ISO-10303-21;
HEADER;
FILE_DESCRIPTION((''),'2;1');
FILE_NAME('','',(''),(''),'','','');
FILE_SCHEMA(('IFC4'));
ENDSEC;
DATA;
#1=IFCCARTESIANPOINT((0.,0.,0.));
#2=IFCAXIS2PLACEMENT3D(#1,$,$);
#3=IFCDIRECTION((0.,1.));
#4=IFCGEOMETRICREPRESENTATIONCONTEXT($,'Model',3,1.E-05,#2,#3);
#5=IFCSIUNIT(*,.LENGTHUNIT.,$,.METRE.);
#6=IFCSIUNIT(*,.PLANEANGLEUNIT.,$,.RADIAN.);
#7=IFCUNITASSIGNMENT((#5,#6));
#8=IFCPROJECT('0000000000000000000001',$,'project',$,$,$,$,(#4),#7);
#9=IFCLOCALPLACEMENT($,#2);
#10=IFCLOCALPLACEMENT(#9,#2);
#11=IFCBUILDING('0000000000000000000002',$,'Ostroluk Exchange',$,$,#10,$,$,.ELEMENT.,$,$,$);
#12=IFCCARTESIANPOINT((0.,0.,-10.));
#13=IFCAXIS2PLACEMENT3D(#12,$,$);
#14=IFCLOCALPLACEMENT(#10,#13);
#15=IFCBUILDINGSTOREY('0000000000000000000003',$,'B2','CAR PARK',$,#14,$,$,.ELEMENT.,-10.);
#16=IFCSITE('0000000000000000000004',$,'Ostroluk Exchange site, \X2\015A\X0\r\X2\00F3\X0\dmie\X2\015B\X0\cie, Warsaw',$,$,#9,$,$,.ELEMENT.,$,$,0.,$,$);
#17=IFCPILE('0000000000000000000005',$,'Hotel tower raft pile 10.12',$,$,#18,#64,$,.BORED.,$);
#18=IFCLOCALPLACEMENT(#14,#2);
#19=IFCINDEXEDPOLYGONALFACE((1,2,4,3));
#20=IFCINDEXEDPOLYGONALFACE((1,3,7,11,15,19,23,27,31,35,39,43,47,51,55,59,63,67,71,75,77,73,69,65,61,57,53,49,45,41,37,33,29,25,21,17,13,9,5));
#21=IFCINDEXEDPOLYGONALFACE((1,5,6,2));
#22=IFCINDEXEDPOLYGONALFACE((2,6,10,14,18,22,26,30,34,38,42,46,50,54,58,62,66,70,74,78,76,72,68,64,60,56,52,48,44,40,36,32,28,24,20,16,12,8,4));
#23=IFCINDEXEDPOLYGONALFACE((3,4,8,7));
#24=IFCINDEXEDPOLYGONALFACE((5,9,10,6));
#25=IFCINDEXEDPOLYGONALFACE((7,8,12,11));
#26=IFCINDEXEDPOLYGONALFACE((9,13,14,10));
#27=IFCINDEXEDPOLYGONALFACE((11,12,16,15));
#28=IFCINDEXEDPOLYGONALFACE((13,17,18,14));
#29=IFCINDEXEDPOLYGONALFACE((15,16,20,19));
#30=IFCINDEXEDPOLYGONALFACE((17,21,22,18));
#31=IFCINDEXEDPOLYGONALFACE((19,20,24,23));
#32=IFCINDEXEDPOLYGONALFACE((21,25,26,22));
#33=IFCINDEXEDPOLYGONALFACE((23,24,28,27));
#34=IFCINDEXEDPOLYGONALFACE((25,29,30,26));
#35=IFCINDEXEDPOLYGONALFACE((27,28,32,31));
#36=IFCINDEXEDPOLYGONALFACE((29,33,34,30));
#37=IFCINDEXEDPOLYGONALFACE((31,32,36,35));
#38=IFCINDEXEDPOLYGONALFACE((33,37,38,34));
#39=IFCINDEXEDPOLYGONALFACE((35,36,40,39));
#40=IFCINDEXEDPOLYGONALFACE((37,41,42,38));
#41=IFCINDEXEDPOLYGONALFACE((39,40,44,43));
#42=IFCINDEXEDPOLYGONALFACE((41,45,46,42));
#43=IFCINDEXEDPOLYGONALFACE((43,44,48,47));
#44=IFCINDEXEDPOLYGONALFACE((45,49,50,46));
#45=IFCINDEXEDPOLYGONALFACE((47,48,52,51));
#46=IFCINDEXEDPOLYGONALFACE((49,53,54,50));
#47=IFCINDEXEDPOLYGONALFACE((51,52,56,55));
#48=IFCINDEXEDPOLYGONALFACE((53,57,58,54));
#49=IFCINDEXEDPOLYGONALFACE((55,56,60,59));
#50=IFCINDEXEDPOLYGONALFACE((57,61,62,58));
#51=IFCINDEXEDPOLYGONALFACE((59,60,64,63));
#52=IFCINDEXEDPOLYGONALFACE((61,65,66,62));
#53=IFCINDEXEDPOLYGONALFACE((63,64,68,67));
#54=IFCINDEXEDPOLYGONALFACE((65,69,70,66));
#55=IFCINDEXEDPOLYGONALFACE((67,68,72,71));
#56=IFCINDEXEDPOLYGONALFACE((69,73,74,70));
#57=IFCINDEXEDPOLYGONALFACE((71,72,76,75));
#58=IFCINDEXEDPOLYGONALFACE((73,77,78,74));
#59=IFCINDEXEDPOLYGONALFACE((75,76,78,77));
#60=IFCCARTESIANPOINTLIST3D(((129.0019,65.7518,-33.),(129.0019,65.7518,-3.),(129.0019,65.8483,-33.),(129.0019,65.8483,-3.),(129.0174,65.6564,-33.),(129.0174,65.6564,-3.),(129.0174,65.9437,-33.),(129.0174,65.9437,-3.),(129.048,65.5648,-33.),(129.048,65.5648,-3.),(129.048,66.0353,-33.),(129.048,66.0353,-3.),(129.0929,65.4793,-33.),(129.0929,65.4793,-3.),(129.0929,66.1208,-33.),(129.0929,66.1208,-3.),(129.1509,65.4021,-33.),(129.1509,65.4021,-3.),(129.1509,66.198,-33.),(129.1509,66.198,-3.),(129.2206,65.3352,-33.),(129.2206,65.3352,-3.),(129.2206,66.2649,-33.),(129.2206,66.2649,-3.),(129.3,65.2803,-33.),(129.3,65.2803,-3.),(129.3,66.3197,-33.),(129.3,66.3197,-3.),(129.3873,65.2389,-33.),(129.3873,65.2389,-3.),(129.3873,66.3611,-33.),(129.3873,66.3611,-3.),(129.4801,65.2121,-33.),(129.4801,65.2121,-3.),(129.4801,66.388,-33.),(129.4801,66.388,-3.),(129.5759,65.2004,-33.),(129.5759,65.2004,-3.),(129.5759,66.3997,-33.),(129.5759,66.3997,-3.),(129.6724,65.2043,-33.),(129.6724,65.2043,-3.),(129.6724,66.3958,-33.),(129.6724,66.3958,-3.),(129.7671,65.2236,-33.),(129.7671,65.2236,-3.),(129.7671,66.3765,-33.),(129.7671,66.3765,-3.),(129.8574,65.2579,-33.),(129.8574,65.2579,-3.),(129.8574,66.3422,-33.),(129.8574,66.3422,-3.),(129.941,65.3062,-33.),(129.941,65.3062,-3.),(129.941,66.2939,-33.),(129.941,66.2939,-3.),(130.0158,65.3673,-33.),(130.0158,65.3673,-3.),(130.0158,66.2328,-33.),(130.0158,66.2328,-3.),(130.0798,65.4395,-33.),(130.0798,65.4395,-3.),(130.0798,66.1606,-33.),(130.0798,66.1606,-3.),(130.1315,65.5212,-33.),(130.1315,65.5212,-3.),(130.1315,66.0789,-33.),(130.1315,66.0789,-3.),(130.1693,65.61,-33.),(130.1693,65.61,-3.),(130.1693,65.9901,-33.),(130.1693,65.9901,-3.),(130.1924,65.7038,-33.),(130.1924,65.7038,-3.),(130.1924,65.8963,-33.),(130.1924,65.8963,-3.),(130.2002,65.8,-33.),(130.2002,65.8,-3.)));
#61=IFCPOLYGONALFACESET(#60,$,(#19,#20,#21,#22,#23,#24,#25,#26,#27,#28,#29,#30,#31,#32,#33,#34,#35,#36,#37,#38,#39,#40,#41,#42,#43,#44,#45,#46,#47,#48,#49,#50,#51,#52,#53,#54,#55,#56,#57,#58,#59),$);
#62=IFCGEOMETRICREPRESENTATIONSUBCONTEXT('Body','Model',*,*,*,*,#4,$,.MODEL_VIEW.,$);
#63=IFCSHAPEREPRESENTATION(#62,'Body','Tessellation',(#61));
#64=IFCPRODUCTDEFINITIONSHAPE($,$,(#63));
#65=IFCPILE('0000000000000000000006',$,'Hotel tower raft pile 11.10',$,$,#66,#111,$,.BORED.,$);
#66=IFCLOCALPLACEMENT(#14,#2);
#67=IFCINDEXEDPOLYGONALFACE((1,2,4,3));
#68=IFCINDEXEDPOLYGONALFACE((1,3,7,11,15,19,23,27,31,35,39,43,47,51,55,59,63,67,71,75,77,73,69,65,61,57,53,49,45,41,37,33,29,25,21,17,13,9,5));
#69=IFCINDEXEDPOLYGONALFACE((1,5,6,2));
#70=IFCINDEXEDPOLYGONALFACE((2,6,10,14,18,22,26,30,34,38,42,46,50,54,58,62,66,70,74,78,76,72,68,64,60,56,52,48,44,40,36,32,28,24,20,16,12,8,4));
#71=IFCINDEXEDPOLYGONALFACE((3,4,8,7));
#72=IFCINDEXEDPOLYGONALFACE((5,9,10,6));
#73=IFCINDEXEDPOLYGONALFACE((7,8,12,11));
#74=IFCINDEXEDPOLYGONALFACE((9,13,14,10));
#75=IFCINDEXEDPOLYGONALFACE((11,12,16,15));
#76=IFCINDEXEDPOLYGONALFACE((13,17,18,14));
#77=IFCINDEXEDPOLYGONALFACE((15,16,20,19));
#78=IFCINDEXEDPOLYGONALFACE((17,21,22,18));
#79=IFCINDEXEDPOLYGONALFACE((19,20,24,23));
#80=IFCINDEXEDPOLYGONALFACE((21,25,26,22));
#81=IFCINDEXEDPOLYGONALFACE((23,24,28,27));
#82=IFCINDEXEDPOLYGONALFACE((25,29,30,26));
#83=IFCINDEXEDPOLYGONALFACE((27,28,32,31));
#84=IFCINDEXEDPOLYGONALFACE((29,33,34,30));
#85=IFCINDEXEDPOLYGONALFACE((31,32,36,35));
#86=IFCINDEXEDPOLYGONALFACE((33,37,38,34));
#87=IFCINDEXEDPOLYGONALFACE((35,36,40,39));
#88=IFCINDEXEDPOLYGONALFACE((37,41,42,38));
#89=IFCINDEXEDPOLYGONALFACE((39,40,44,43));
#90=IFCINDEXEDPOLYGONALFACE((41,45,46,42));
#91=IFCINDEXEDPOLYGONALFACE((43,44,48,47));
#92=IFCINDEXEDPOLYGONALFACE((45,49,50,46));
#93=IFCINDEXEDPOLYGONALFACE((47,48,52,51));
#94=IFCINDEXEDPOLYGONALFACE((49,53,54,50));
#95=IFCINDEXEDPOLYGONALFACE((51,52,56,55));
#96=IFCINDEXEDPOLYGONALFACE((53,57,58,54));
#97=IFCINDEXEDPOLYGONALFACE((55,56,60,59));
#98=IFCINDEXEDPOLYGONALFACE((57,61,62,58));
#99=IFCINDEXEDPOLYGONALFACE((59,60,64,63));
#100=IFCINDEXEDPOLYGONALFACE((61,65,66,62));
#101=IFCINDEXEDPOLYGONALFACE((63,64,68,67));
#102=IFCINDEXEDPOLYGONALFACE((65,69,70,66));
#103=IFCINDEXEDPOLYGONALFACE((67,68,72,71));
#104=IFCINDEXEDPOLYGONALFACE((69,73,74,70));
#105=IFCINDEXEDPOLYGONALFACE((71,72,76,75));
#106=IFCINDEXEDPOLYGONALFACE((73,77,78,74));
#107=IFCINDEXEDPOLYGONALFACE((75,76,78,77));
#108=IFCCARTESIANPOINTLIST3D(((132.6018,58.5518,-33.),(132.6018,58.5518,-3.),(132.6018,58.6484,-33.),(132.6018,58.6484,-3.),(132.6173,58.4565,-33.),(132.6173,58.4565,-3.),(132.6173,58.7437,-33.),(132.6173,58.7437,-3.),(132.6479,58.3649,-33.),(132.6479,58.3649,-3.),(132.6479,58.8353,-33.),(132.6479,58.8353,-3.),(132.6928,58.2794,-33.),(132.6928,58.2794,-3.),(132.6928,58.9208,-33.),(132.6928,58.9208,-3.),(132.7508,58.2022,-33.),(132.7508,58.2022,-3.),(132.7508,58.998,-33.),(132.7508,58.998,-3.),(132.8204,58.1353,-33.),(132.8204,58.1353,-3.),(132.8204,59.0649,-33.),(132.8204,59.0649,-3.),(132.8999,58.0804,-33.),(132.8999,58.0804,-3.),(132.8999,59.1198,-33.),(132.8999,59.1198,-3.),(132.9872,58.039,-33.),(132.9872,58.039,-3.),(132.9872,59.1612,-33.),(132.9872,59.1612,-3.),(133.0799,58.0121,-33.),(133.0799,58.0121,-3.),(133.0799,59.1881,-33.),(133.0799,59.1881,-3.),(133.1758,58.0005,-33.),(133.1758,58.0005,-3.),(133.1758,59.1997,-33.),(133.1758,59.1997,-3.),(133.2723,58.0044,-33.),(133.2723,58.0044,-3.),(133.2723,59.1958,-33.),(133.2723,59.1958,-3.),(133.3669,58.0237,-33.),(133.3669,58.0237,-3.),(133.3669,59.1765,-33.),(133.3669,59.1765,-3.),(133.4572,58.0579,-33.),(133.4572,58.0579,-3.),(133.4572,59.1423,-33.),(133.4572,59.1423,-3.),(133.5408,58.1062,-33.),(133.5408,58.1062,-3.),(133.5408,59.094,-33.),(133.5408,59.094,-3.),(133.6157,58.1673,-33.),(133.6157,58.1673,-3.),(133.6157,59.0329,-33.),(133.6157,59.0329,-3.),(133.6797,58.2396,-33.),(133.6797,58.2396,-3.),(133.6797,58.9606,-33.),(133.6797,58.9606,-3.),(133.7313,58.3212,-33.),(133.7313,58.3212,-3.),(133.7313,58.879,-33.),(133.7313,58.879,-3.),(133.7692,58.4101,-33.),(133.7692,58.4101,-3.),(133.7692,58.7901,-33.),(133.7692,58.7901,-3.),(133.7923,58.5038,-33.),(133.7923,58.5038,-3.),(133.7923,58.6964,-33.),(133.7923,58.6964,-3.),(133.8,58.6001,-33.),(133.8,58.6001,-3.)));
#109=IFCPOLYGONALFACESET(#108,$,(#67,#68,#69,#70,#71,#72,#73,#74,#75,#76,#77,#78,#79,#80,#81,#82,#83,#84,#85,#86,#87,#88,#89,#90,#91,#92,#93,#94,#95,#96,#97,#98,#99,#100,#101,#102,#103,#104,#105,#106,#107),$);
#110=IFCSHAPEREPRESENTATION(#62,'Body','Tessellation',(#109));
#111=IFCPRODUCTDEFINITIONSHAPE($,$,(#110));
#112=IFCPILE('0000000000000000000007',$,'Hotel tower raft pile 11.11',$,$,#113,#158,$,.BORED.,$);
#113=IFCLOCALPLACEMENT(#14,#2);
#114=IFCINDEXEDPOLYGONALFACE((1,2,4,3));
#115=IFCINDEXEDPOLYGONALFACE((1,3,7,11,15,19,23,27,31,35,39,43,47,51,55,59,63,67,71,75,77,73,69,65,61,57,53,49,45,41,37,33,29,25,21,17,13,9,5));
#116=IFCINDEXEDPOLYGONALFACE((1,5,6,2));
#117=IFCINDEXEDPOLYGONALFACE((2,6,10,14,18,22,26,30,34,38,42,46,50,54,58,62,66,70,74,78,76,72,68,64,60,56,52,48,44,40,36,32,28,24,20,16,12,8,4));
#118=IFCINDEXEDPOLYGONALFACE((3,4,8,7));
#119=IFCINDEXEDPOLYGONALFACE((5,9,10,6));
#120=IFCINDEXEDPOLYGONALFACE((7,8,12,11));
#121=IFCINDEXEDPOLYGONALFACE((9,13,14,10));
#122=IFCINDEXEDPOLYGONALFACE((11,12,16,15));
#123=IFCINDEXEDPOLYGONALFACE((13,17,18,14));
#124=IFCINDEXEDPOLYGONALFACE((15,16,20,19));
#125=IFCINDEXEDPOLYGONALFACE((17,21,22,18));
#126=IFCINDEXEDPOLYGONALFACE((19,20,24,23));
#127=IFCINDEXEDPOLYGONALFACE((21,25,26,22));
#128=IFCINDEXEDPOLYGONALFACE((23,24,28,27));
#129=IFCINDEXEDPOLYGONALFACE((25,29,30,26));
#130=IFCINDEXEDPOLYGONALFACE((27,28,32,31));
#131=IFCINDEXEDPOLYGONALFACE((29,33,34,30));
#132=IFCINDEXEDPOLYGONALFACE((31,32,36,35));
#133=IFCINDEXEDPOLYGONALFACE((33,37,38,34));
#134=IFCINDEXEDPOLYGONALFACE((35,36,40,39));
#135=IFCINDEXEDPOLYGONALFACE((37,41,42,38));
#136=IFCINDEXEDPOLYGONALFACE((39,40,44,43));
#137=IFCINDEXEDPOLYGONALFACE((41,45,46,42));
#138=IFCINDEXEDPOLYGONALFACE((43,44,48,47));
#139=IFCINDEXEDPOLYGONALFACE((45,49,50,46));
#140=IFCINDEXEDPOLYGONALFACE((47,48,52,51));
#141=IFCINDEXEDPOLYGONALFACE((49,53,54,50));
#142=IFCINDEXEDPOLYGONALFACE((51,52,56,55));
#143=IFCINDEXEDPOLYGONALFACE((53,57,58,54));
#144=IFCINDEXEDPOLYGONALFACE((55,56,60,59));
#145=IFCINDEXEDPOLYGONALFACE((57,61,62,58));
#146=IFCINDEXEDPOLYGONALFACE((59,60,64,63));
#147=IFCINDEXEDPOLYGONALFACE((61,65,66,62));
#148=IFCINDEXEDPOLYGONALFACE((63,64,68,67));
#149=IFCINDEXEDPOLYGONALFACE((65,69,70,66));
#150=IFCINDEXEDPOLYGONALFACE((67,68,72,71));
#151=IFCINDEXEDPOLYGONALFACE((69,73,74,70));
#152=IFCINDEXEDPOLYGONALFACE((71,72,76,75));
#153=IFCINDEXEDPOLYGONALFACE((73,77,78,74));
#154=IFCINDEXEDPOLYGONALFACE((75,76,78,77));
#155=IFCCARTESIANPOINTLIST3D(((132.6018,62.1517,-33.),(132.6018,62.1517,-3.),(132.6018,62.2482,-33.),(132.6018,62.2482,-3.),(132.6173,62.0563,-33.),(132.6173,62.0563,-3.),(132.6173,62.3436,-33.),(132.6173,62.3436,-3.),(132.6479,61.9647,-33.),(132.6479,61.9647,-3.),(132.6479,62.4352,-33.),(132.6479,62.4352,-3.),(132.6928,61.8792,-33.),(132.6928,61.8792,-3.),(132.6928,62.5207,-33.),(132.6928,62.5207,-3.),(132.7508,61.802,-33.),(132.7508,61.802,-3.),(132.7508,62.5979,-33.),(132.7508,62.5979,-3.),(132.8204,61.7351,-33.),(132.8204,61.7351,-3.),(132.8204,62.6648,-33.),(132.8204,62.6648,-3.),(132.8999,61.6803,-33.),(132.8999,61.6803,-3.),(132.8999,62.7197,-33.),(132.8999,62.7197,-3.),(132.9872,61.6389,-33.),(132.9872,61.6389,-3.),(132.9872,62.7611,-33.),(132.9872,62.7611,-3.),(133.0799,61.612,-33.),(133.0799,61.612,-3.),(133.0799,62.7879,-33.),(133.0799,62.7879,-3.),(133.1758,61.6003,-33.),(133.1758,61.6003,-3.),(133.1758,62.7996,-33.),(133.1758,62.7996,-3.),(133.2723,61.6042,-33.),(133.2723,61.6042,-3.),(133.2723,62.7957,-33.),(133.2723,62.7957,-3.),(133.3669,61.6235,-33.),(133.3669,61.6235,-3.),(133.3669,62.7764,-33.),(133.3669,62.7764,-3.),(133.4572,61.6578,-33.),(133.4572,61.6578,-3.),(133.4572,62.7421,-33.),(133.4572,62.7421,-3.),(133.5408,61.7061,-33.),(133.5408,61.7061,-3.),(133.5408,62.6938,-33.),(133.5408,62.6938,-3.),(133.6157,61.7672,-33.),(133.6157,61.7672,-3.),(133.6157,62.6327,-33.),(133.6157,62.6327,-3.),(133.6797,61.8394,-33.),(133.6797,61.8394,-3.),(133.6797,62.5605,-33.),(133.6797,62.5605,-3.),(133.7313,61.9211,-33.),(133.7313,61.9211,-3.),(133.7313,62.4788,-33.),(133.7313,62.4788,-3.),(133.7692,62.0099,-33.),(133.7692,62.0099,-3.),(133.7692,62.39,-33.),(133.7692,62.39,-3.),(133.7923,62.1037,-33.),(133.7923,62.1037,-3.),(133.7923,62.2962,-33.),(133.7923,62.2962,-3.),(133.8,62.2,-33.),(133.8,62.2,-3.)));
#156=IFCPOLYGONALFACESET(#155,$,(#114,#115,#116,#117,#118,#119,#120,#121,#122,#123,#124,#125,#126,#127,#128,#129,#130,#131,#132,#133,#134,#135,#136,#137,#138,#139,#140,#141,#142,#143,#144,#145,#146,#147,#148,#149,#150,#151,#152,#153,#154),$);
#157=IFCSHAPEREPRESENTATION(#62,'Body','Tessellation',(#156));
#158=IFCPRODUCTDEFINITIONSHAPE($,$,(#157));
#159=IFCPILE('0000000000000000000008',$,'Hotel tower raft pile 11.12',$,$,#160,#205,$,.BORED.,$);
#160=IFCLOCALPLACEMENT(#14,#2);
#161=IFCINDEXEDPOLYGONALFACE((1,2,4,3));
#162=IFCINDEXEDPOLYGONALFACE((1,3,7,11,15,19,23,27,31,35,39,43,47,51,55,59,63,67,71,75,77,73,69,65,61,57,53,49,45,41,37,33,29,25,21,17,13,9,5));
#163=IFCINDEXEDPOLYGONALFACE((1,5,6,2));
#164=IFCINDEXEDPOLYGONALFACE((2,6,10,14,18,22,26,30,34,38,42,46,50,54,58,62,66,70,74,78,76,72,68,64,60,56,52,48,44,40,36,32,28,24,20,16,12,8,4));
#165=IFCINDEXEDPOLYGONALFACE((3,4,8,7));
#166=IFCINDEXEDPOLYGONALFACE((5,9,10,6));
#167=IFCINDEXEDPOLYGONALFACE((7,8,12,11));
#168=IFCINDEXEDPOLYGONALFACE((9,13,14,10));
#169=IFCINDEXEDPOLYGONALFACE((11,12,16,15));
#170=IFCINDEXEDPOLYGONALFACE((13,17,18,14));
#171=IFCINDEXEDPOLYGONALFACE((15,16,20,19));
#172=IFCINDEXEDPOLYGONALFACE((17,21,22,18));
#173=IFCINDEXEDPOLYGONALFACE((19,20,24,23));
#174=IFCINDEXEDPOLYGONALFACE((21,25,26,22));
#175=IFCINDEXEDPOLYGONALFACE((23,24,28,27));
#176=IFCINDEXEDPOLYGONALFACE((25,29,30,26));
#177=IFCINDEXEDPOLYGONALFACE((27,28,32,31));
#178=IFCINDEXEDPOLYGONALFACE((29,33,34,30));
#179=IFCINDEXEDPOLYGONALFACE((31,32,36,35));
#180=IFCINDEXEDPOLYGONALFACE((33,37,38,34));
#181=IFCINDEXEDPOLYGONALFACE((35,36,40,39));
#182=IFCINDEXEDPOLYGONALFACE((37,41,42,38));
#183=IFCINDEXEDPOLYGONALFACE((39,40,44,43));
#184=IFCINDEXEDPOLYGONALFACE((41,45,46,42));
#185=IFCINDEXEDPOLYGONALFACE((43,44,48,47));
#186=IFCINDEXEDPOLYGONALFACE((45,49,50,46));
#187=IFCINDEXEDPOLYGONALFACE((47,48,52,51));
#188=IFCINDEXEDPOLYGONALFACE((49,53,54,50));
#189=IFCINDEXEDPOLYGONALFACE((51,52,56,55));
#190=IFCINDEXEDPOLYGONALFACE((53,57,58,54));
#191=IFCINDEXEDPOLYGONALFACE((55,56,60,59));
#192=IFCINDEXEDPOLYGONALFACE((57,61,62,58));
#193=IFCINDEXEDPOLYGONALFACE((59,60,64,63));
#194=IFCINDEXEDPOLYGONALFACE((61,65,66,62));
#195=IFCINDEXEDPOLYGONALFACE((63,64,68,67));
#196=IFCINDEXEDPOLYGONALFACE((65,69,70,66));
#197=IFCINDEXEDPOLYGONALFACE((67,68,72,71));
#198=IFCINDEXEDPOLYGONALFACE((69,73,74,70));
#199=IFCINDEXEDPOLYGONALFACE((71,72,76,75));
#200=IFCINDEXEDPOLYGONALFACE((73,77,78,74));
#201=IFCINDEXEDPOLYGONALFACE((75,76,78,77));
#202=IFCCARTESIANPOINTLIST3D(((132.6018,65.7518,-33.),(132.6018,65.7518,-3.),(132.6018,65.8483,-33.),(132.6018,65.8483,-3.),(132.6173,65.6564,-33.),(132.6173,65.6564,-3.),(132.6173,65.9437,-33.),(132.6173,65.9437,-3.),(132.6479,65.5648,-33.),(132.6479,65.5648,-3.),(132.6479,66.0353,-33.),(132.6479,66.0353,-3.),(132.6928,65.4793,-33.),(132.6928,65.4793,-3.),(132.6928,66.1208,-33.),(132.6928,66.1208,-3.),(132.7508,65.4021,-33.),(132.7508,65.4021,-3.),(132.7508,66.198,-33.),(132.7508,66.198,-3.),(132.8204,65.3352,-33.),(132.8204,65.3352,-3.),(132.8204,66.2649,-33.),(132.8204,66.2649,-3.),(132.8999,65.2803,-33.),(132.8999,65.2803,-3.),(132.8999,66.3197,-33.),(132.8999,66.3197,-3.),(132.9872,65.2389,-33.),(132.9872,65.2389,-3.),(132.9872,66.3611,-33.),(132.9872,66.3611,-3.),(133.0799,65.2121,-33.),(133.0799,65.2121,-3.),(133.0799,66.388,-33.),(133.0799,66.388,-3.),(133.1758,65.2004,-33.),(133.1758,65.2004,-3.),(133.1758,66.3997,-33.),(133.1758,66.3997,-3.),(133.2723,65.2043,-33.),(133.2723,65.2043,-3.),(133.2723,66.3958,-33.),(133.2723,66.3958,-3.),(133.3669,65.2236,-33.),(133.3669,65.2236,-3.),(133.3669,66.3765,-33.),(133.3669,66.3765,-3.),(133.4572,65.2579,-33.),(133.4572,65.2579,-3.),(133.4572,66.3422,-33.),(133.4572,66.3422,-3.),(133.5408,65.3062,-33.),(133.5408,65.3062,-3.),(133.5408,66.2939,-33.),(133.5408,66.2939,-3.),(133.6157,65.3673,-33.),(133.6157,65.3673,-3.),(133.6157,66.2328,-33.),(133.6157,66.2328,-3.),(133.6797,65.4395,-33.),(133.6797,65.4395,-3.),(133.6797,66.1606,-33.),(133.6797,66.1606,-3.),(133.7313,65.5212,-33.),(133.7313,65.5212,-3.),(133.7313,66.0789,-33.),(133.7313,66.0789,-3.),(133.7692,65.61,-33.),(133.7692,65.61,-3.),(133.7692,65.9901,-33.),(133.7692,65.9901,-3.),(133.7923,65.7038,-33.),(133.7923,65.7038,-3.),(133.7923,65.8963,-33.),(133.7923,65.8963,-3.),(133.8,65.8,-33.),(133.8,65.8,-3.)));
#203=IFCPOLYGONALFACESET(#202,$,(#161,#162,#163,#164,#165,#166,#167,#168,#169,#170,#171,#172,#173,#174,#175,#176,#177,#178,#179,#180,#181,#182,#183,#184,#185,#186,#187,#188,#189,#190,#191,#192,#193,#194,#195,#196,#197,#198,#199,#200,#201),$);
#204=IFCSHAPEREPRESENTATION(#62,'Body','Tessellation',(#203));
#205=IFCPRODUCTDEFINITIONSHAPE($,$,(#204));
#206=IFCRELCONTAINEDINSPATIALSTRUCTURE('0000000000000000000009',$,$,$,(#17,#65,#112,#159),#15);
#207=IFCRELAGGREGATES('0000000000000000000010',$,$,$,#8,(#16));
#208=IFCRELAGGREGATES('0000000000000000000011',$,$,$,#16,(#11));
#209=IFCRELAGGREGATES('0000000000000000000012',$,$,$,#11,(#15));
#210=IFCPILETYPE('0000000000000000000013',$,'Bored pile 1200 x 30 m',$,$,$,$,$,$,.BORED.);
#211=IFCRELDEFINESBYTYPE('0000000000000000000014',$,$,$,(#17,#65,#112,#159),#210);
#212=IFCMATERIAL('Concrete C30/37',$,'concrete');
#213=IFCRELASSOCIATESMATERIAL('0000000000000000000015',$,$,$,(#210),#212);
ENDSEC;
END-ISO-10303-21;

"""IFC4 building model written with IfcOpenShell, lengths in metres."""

from ifc_helpers import new_model, si_unit, direction, frame, origin, origin_2d, place, context, subcontext, project, spatial, circle, extrude, material, type_object, element, save


model = new_model("IFC4")

# Units and contexts
model_context = context("Model", 3, precision=1e-05, world=origin(), true_north=direction((0.0, 1.0)))
body_context = subcontext(model_context, "Body", "Model", "MODEL_VIEW")
ifc_project = project(units=[si_unit("LENGTHUNIT", "METRE"), si_unit("PLANEANGLEUNIT", "RADIAN")], contexts=[model_context])

# Site, building, storey
site_placement = place(None, origin())
site = spatial("IfcSite", under=ifc_project, at=site_placement, Name="Ostroluk Exchange site, Śródmieście, Warsaw", CompositionType="ELEMENT", RefElevation=0.0)
building_placement = place(site_placement, origin())
building = spatial("IfcBuilding", under=site, at=building_placement, Name="Ostroluk Exchange", CompositionType="ELEMENT")
storey_placement = place(building_placement, frame((0.0, 0.0, -10.0)))
storey = spatial("IfcBuildingStorey", under=building, at=storey_placement, Name="B2", Description="CAR PARK", CompositionType="ELEMENT", Elevation=-10.0)

# Piles
ifc_material_1 = material(Name="Concrete C30/37", Category="concrete")
pile_type_1 = type_object("IfcPileType", Name="Bored pile 1200 x 30 m", PredefinedType="BORED", material=ifc_material_1)
for number, where, z_axis, x_axis, name in (
    (1, (129.6001, 65.8, -3.0), (0.0, 0.0, -1.0), (1.0, 0.0, 0.0), "Hotel tower raft pile 10.12"),
    (2, (133.2, 58.6001, -3.0), (0.0, 0.0, -1.0), (1.0, 0.0, 0.0), "Hotel tower raft pile 11.10"),
    (3, (133.2, 62.2, -3.0), (0.0, 0.0, -1.0), (1.0, 0.0, 0.0), "Hotel tower raft pile 11.11"),
    (4, (133.2, 65.8, -3.0), (0.0, 0.0, -1.0), (1.0, 0.0, 0.0), "Hotel tower raft pile 11.12"),
):
    element("IfcPile", number, at=place(storey_placement, frame(where, z_axis=z_axis, x_axis=x_axis)), inside=storey, type_object=pile_type_1, Name=name, PredefinedType="BORED", context=body_context, shape_type="SweptSolid", body=[
        extrude(circle(Radius=0.6001, at=origin_2d()), origin(), (0.0, 0.0, 1.0), 30.0),
    ])

save(model, "model.ifc")
